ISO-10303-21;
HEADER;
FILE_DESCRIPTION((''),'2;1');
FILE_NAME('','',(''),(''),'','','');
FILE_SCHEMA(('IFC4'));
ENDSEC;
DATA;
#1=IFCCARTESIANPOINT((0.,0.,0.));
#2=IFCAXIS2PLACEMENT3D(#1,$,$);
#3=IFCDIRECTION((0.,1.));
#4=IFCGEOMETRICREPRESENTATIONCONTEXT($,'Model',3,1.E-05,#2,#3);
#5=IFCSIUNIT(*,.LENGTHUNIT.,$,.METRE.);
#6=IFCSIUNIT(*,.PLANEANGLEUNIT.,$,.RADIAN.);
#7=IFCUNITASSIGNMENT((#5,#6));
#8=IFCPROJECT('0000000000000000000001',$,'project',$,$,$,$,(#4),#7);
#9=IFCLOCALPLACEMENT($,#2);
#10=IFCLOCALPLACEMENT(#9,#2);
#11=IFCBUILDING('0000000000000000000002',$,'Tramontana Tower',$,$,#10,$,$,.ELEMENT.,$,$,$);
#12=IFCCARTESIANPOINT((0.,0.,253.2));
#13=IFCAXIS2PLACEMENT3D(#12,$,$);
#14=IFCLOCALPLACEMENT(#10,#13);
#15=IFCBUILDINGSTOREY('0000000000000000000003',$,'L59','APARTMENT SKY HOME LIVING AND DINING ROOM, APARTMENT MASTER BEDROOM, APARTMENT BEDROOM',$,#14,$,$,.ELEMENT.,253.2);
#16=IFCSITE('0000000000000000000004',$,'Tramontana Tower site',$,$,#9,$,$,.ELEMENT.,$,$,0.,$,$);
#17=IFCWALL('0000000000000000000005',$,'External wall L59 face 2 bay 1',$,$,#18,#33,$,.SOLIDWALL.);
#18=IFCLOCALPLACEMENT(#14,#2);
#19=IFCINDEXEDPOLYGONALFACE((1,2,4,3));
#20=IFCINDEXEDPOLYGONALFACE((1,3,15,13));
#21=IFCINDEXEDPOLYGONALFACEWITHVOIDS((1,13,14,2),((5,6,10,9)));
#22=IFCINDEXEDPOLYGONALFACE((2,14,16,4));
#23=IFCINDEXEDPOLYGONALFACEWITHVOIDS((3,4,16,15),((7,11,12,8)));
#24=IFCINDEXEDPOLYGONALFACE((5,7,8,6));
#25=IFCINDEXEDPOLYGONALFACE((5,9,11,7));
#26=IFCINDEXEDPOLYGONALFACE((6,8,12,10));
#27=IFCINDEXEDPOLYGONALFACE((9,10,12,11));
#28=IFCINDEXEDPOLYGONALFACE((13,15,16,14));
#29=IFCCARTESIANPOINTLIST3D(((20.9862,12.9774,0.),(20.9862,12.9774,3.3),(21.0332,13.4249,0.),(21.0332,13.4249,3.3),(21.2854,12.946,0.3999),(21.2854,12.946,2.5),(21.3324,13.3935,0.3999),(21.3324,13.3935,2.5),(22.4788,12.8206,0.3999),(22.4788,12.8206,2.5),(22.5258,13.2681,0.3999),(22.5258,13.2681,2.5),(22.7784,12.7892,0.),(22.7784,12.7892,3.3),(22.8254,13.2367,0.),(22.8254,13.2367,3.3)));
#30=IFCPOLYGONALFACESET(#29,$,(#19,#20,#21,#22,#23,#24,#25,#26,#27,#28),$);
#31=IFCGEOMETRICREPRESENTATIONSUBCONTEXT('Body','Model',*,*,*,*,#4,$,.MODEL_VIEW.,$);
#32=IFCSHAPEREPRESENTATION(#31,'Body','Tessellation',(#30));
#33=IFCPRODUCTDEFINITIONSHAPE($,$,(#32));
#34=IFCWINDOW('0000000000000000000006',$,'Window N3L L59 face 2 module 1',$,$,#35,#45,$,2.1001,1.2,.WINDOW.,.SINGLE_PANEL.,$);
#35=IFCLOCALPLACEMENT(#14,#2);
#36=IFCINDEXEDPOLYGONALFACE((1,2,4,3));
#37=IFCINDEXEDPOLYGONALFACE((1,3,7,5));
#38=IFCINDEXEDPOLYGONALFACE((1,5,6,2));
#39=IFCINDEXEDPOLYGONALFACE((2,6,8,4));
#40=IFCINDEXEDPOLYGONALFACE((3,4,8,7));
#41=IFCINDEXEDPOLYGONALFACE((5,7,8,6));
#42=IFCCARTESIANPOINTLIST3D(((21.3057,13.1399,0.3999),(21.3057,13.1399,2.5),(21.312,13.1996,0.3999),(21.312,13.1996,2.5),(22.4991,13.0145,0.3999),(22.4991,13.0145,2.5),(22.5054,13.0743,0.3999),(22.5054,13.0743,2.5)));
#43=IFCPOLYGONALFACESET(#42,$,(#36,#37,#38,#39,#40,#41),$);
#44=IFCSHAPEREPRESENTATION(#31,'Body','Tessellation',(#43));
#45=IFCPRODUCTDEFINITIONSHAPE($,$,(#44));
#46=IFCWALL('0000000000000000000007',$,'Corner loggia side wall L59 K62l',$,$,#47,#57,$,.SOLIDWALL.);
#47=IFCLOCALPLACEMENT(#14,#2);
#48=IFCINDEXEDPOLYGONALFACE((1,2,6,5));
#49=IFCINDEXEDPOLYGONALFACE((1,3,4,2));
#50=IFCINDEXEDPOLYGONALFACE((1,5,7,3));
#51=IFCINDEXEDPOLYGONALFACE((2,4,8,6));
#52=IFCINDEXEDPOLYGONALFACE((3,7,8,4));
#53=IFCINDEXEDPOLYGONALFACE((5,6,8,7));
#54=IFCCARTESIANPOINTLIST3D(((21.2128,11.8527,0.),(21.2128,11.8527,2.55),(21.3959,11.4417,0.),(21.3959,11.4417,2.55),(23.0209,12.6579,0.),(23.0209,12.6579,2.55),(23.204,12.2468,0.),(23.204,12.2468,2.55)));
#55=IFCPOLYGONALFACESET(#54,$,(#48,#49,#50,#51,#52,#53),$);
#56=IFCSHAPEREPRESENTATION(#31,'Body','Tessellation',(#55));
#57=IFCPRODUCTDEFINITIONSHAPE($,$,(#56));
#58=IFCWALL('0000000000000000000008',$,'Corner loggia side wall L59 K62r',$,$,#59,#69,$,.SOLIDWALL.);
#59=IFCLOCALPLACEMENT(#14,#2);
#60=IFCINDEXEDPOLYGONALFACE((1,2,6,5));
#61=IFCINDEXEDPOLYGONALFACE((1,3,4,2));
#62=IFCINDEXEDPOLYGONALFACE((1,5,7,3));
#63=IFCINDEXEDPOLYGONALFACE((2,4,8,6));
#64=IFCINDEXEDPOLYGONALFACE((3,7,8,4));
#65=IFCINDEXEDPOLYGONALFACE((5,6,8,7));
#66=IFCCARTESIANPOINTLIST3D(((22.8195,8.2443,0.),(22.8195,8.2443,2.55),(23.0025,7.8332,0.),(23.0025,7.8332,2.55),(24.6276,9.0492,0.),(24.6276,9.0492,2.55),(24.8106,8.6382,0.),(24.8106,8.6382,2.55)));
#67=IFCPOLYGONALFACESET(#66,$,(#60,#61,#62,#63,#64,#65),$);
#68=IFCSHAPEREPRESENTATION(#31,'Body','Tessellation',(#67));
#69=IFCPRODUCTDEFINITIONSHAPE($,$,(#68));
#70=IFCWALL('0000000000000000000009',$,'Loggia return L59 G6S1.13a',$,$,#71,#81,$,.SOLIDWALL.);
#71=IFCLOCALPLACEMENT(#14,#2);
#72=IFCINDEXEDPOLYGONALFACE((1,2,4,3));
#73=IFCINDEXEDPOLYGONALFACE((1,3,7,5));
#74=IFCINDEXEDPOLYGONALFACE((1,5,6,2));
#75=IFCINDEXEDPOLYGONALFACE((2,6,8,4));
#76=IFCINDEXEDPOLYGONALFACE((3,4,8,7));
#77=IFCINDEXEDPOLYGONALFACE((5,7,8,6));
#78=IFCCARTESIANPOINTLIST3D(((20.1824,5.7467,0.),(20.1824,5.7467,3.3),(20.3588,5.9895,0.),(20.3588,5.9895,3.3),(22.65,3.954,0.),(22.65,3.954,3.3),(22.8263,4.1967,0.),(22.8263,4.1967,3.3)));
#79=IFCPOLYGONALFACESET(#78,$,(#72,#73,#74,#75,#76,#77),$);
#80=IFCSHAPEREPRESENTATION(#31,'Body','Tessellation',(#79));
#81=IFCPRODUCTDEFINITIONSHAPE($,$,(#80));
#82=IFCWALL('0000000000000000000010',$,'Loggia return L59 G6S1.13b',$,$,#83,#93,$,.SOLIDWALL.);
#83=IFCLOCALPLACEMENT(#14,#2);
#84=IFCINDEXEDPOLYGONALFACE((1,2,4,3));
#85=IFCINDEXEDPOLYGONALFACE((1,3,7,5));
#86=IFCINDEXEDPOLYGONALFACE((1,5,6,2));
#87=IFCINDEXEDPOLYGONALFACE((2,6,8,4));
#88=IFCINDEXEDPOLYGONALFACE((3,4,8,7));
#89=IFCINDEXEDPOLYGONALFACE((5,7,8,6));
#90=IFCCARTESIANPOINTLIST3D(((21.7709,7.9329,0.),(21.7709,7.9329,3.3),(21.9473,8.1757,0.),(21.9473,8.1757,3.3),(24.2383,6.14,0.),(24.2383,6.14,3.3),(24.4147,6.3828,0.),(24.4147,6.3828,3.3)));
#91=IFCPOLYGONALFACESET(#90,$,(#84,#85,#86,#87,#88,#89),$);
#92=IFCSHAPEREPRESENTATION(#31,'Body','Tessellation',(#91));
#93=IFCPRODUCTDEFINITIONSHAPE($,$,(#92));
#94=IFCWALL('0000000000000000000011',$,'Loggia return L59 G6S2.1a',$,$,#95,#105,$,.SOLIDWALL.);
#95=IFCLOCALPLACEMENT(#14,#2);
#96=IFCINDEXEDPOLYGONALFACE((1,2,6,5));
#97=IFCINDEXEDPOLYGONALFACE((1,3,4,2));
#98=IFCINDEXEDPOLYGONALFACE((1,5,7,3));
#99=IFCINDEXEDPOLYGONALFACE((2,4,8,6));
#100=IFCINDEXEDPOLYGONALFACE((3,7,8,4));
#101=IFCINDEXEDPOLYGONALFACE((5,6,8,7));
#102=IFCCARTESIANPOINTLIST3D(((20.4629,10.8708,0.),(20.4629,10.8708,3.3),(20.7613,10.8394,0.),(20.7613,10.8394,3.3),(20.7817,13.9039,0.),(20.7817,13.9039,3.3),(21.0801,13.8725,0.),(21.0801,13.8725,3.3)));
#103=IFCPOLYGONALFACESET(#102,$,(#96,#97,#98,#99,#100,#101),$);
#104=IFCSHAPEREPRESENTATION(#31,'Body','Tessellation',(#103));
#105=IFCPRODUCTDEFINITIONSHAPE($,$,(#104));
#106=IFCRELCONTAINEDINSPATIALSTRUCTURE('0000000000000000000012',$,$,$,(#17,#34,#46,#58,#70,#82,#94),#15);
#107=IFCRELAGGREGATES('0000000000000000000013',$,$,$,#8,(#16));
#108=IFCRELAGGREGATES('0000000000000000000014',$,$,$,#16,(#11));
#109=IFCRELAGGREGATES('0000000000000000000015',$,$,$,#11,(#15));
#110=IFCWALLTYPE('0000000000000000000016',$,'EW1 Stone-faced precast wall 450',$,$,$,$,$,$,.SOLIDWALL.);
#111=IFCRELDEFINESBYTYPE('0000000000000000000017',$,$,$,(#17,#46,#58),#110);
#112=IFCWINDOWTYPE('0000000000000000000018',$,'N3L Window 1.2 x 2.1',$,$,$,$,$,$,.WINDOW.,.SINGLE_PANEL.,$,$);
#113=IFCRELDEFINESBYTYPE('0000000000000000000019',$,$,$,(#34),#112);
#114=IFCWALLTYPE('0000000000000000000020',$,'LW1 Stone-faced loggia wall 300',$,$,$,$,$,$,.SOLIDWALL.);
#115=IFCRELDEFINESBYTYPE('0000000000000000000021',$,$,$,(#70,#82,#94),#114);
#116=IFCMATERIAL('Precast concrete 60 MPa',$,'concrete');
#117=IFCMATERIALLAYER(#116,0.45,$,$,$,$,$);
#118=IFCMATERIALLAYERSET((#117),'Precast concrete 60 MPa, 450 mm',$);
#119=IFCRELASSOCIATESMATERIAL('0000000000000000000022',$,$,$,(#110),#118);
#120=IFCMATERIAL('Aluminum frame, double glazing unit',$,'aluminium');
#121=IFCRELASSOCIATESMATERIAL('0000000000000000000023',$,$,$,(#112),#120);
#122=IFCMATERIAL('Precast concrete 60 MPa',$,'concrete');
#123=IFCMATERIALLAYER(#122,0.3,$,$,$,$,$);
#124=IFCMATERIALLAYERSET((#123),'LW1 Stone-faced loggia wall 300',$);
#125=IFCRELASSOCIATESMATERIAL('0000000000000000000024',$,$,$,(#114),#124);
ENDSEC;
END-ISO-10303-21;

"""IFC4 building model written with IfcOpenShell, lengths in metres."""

from ifc_helpers import new_model, si_unit, direction, frame, frame_2d, origin, place, context, subcontext, project, spatial, rectangle, extrude, material, layer, layer_set, type_object, element, fill, save


model = new_model("IFC4")

# Units and contexts
model_context = context("Model", 3, precision=1e-05, world=origin(), true_north=direction((0.0, 1.0)))
body_context = subcontext(model_context, "Body", "Model", "MODEL_VIEW")
ifc_project = project(units=[si_unit("LENGTHUNIT", "METRE"), si_unit("PLANEANGLEUNIT", "RADIAN")], contexts=[model_context])

# Site, building, storey
site_placement = place(None, origin())
site = spatial("IfcSite", under=ifc_project, at=site_placement, Name="Tramontana Tower site", CompositionType="ELEMENT", RefElevation=0.0)
building_placement = place(site_placement, origin())
building = spatial("IfcBuilding", under=site, at=building_placement, Name="Tramontana Tower", CompositionType="ELEMENT")
storey_placement = place(building_placement, frame((0.0, 0.0, 253.2)))
storey = spatial("IfcBuildingStorey", under=building, at=storey_placement, Name="L59", Description="APARTMENT SKY HOME LIVING AND DINING ROOM, APARTMENT MASTER BEDROOM, APARTMENT BEDROOM", CompositionType="ELEMENT", Elevation=253.2)

# Wall, opening, window
ifc_material_1 = material(Name="Precast concrete 60 MPa", Category="concrete")
ifc_layer_1 = layer(ifc_material_1, 0.45)
ifc_layer_set_1 = layer_set([ifc_layer_1], Name="Precast concrete 60 MPa, 450 mm")
wall_type_1 = type_object("IfcWallType", Name="EW1 Stone-faced precast wall 450", PredefinedType="SOLIDWALL", material=ifc_layer_set_1)
ifc_material_2 = material(Name="Aluminum frame, double glazing unit", Category="aluminium")
window_type_1 = type_object("IfcWindowType", Name="N3L Window 1.2 x 2.1", PartitioningType="SINGLE_PANEL", PredefinedType="WINDOW", material=ifc_material_2)
wall_1_placement = place(storey_placement, frame((22.8018, 13.0129, 0.0), z_axis=(0.0, 0.0, 1.0), x_axis=(-0.99453, 0.104452, 0.0)))
wall_1 = element("IfcWall", 1, at=wall_1_placement, inside=storey, type_object=wall_type_1, Name="External wall L59 face 2 bay 1", PredefinedType="SOLIDWALL", context=body_context, shape_type="SweptSolid", body=[
    extrude(rectangle(XDim=1.802, YDim=0.45, at=frame_2d((0.9009, 0.0))), origin(), (0.0, 0.0, 1.0), 3.3),
])
opening_1_placement = place(wall_1_placement, frame((0.301, 0.0, 0.3999)))
opening_1 = element("IfcOpeningElement", 2, at=opening_1_placement, cuts=wall_1, PredefinedType="OPENING", context=body_context, shape_type="SweptSolid", body=[
    extrude(rectangle(XDim=1.2, YDim=2.1001, at=frame_2d((0.6001, 1.05))), frame((0.0, 0.2349, 0.0), z_axis=(0.0, -1.0, 0.0), x_axis=(1.0, 0.0, 0.0)), (0.0, 0.0, 1.0), 0.47),
])
window_1_placement = place(opening_1_placement, origin())
window_1 = element("IfcWindow", 3, at=window_1_placement, inside=storey, type_object=window_type_1, Name="Window N3L L59 face 2 module 1", OverallHeight=2.1001, OverallWidth=1.2, PartitioningType="SINGLE_PANEL", PredefinedType="WINDOW", context=body_context, shape_type="SweptSolid", body=[
    extrude(rectangle(XDim=1.2, YDim=2.1001, at=frame_2d((0.6001, 1.05))), frame((0.0, 0.03, 0.0), z_axis=(0.0, -1.0, 0.0), x_axis=(1.0, 0.0, 0.0)), (0.0, 0.0, 1.0), 0.0601),
])
fill(opening_1, window_1)

# Walls
for number, where, z_axis, x_axis, name in (
    (4, (23.1125, 12.4524, 0.0), (0.0, 0.0, 1.0), (-0.913516, -0.406802, 0.0), "Corner loggia side wall L59 K62l"),
    (5, (24.7192, 8.8438, 0.0), (0.0, 0.0, 1.0), (-0.913562, -0.406699, 0.0), "Corner loggia side wall L59 K62r"),
):
    element("IfcWall", number, at=place(storey_placement, frame(where, z_axis=z_axis, x_axis=x_axis)), inside=storey, type_object=wall_type_1, Name=name, PredefinedType="SOLIDWALL", context=body_context, shape_type="SweptSolid", body=[
        extrude(rectangle(XDim=1.9792, YDim=0.45, at=frame_2d((0.9897, 0.0))), origin(), (0.0, 0.0, 1.0), 2.55),
    ])

# Walls
ifc_material_3 = material(Name="Precast concrete 60 MPa", Category="concrete")
ifc_layer_2 = layer(ifc_material_3, 0.3)
ifc_layer_set_2 = layer_set([ifc_layer_2], Name="LW1 Stone-faced loggia wall 300")
wall_type_2 = type_object("IfcWallType", Name="LW1 Stone-faced loggia wall 300", PredefinedType="SOLIDWALL", material=ifc_layer_set_2)
for number, where, z_axis, x_axis, name in (
    (6, (22.738, 4.0754, 0.0), (0.0, 0.0, 1.0), (-0.809023, 0.587777, 0.0), "Loggia return L59 G6S1.13a"),
    (7, (24.3264, 6.2615, 0.0), (0.0, 0.0, 1.0), (-0.808985, 0.587829, 0.0), "Loggia return L59 G6S1.13b"),
):
    element("IfcWall", number, at=place(storey_placement, frame(where, z_axis=z_axis, x_axis=x_axis)), inside=storey, type_object=wall_type_2, Name=name, PredefinedType="SOLIDWALL", context=body_context, shape_type="SweptSolid", body=[
        extrude(rectangle(XDim=3.05, YDim=0.3, at=frame_2d((1.5249, 0.0))), origin(), (0.0, 0.0, 1.0), 3.3),
    ])
wall_2_placement = place(storey_placement, frame((20.9309, 13.8882, 0.0), z_axis=(0.0, 0.0, 1.0), x_axis=(-0.104543, -0.99452, 0.0)))
element("IfcWall", 8, at=wall_2_placement, inside=storey, type_object=wall_type_2, Name="Loggia return L59 G6S2.1a", PredefinedType="SOLIDWALL", context=body_context, shape_type="SweptSolid", body=[
    extrude(rectangle(XDim=3.0498, YDim=0.3, at=frame_2d((1.5249, 0.0))), origin(), (0.0, 0.0, 1.0), 3.3),
])

save(model, "model.ifc")
